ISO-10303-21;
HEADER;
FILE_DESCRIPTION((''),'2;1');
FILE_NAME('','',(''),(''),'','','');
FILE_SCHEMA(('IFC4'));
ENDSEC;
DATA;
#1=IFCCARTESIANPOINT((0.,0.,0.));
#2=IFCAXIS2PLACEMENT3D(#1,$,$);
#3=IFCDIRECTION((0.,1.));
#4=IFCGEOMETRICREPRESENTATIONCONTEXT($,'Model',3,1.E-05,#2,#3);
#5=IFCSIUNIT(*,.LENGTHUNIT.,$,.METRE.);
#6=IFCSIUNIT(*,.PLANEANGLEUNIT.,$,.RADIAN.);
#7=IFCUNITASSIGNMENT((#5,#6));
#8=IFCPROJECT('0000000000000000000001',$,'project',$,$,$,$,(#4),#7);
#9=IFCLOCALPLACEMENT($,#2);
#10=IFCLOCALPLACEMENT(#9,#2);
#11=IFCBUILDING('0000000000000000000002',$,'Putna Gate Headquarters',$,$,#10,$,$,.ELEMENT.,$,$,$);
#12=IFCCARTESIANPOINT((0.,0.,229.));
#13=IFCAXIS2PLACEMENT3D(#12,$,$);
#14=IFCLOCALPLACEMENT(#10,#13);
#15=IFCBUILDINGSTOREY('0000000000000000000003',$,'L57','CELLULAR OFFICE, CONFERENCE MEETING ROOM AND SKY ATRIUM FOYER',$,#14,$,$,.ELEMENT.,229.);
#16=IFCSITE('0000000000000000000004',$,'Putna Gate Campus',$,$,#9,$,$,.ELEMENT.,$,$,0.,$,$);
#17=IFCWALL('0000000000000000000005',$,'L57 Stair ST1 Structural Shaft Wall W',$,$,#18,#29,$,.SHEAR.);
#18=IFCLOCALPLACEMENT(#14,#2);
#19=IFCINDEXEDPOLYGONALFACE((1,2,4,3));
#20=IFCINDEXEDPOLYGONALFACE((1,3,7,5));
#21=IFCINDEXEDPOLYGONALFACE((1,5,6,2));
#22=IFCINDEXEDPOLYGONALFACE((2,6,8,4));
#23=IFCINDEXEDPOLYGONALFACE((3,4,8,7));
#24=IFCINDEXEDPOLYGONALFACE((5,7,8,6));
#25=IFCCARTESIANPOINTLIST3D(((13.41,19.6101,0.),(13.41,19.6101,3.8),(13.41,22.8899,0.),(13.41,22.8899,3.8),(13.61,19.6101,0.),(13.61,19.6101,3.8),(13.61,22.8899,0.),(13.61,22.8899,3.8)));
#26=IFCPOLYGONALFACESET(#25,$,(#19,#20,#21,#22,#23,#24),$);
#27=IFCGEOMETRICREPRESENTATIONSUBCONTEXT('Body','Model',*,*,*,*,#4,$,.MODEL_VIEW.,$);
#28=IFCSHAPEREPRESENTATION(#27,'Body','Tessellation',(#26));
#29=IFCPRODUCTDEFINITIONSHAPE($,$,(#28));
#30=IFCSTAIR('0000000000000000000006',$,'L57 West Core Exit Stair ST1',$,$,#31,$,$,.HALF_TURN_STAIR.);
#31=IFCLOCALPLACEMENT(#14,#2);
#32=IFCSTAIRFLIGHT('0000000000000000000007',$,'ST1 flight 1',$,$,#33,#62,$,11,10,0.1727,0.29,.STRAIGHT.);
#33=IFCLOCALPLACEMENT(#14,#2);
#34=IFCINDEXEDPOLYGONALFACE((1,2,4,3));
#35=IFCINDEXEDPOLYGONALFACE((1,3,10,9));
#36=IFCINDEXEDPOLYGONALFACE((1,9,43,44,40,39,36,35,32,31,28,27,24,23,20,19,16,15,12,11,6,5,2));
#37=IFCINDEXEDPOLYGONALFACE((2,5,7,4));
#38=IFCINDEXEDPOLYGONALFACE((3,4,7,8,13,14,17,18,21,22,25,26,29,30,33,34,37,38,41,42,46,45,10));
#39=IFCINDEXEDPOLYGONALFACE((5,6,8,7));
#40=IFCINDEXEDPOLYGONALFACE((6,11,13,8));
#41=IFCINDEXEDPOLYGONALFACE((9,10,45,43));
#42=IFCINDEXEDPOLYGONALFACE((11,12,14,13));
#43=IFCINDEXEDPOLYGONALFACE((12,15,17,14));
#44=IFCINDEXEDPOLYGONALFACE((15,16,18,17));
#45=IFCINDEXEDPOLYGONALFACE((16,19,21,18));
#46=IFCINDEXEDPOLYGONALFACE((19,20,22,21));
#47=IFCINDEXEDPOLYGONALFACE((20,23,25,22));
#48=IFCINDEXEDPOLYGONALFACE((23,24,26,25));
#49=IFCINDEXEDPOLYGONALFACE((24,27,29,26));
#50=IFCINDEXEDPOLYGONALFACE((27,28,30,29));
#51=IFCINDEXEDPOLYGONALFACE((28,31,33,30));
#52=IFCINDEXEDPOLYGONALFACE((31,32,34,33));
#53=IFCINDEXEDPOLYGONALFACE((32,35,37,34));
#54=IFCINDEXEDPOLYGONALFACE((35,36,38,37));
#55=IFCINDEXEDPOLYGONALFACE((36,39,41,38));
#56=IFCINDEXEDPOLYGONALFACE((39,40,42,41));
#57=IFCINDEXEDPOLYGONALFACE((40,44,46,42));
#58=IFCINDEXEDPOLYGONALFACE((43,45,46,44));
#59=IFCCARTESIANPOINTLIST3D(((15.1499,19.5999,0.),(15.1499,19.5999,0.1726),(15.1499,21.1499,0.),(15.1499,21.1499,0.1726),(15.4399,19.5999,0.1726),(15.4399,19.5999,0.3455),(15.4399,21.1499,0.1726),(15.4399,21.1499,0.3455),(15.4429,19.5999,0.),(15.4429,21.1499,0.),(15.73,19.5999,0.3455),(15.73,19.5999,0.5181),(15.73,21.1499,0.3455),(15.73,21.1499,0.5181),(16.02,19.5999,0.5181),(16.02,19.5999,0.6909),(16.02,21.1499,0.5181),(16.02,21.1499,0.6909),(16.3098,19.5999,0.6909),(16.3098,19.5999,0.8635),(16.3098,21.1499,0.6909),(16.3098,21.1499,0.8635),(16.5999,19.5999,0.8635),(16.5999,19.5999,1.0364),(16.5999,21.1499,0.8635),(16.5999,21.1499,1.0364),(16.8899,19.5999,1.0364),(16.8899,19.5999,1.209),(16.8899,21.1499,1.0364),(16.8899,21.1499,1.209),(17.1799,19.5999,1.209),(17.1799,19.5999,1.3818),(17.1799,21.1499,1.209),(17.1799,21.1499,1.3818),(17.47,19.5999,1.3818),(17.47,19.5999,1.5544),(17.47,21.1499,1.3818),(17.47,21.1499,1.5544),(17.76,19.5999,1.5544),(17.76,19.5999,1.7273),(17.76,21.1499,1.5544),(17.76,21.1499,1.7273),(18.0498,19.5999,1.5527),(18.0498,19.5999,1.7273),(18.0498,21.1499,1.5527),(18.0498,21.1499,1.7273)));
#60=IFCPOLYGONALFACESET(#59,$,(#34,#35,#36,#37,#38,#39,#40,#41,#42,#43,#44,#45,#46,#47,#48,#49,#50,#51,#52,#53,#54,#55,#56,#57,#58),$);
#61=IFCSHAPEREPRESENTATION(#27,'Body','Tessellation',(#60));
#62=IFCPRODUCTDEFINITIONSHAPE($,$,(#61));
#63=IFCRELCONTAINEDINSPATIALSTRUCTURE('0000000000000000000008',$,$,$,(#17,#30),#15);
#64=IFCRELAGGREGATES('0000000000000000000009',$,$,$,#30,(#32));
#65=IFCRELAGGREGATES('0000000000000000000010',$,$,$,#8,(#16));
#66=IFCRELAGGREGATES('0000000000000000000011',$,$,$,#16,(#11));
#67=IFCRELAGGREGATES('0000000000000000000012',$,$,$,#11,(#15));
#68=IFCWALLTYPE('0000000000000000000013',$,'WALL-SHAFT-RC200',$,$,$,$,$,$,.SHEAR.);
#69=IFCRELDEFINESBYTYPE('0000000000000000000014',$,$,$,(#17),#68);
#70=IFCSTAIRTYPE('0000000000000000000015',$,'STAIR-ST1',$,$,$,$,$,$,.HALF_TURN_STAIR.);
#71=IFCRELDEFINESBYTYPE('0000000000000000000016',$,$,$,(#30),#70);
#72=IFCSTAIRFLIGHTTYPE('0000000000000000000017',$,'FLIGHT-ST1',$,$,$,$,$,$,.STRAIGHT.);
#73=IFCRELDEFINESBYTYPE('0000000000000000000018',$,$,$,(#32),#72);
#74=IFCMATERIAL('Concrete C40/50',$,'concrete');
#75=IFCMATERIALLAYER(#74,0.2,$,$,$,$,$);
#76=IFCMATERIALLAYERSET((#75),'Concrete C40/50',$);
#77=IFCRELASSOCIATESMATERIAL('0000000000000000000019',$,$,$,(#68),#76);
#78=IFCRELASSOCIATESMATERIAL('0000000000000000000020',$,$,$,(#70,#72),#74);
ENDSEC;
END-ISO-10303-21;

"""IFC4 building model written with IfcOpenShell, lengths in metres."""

from ifc_helpers import new_model, si_unit, direction, frame, frame_2d, origin, place, context, subcontext, project, spatial, polyline, rectangle, outline, extrude, material, layer, layer_set, type_object, element, aggregate, save


model = new_model("IFC4")

# Units and contexts
model_context = context("Model", 3, precision=1e-05, world=origin(), true_north=direction((0.0, 1.0)))
body_context = subcontext(model_context, "Body", "Model", "MODEL_VIEW")
ifc_project = project(units=[si_unit("LENGTHUNIT", "METRE"), si_unit("PLANEANGLEUNIT", "RADIAN")], contexts=[model_context])

# Site, building, storey
site_placement = place(None, origin())
site = spatial("IfcSite", under=ifc_project, at=site_placement, Name="Putna Gate Campus", CompositionType="ELEMENT", RefElevation=0.0)
building_placement = place(site_placement, origin())
building = spatial("IfcBuilding", under=site, at=building_placement, Name="Putna Gate Headquarters", CompositionType="ELEMENT")
storey_placement = place(building_placement, frame((0.0, 0.0, 229.0)))
storey = spatial("IfcBuildingStorey", under=building, at=storey_placement, Name="L57", Description="CELLULAR OFFICE, CONFERENCE MEETING ROOM AND SKY ATRIUM FOYER", CompositionType="ELEMENT", Elevation=229.0)

# Wall
ifc_material_1 = material(Name="Concrete C40/50", Category="concrete")
ifc_layer_1 = layer(ifc_material_1, 0.2)
ifc_layer_set_1 = layer_set([ifc_layer_1], Name="Concrete C40/50")
wall_type_1 = type_object("IfcWallType", Name="WALL-SHAFT-RC200", PredefinedType="SHEAR", material=ifc_layer_set_1)
wall_1_placement = place(storey_placement, frame((13.51, 19.6101, 0.0), z_axis=(0.0, 0.0, 1.0), x_axis=(0.0, 1.0, 0.0)))
element("IfcWall", 1, at=wall_1_placement, inside=storey, type_object=wall_type_1, Name="L57 Stair ST1 Structural Shaft Wall W", PredefinedType="SHEAR", context=body_context, shape_type="SweptSolid", body=[
    extrude(rectangle(XDim=3.2798, YDim=0.2, at=frame_2d((1.6399, 0.0))), origin(), (0.0, 0.0, 1.0), 3.8),
])

# Stair, stair flight
stair_type = type_object("IfcStairType", Name="STAIR-ST1", PredefinedType="HALF_TURN_STAIR", material=ifc_material_1)
stair_placement = place(storey_placement, origin())
stair = element("IfcStair", 2, at=stair_placement, inside=storey, type_object=stair_type, Name="L57 West Core Exit Stair ST1", PredefinedType="HALF_TURN_STAIR")
stair_flight_type = type_object("IfcStairFlightType", Name="FLIGHT-ST1", PredefinedType="STRAIGHT", material=ifc_material_1)
stair_flight_placement = place(storey_placement, frame((15.1499, 20.375, 0.0), z_axis=(0.0, 0.0, 1.0), x_axis=(1.0, 0.0, 0.0)))
stair_flight = element("IfcStairFlight", 3, at=stair_flight_placement, type_object=stair_flight_type, Name="ST1 flight 1", NumberOfRisers=11, NumberOfTreads=10, PredefinedType="STRAIGHT", RiserHeight=0.1727, TreadLength=0.29, context=body_context, shape_type="SweptSolid", body=[
    extrude(outline(polyline([(0.0, 0.0), (0.0, 0.1726), (0.29, 0.1726), (0.29, 0.3455), (0.5801, 0.3455), (0.5801, 0.5181), (0.8701, 0.5181), (0.8701, 0.6909), (1.1599, 0.6909), (1.1599, 0.8635), (1.45, 0.8635), (1.45, 1.0364), (1.74, 1.0364), (1.74, 1.209), (2.03, 1.209), (2.03, 1.3818), (2.3201, 1.3818), (2.3201, 1.5544), (2.6101, 1.5544), (2.6101, 1.7273), (2.8999, 1.7273), (2.8999, 1.8999), (2.8999, 1.5527), (0.293, 0.0), (0.0, 0.0)])), frame((0.0, 0.7749, 0.0), z_axis=(0.0, -1.0, 0.0), x_axis=(1.0, 0.0, 0.0)), (0.0, 0.0, 1.0), 1.55),
])
aggregate(stair, [stair_flight])

save(model, "model.ifc")
